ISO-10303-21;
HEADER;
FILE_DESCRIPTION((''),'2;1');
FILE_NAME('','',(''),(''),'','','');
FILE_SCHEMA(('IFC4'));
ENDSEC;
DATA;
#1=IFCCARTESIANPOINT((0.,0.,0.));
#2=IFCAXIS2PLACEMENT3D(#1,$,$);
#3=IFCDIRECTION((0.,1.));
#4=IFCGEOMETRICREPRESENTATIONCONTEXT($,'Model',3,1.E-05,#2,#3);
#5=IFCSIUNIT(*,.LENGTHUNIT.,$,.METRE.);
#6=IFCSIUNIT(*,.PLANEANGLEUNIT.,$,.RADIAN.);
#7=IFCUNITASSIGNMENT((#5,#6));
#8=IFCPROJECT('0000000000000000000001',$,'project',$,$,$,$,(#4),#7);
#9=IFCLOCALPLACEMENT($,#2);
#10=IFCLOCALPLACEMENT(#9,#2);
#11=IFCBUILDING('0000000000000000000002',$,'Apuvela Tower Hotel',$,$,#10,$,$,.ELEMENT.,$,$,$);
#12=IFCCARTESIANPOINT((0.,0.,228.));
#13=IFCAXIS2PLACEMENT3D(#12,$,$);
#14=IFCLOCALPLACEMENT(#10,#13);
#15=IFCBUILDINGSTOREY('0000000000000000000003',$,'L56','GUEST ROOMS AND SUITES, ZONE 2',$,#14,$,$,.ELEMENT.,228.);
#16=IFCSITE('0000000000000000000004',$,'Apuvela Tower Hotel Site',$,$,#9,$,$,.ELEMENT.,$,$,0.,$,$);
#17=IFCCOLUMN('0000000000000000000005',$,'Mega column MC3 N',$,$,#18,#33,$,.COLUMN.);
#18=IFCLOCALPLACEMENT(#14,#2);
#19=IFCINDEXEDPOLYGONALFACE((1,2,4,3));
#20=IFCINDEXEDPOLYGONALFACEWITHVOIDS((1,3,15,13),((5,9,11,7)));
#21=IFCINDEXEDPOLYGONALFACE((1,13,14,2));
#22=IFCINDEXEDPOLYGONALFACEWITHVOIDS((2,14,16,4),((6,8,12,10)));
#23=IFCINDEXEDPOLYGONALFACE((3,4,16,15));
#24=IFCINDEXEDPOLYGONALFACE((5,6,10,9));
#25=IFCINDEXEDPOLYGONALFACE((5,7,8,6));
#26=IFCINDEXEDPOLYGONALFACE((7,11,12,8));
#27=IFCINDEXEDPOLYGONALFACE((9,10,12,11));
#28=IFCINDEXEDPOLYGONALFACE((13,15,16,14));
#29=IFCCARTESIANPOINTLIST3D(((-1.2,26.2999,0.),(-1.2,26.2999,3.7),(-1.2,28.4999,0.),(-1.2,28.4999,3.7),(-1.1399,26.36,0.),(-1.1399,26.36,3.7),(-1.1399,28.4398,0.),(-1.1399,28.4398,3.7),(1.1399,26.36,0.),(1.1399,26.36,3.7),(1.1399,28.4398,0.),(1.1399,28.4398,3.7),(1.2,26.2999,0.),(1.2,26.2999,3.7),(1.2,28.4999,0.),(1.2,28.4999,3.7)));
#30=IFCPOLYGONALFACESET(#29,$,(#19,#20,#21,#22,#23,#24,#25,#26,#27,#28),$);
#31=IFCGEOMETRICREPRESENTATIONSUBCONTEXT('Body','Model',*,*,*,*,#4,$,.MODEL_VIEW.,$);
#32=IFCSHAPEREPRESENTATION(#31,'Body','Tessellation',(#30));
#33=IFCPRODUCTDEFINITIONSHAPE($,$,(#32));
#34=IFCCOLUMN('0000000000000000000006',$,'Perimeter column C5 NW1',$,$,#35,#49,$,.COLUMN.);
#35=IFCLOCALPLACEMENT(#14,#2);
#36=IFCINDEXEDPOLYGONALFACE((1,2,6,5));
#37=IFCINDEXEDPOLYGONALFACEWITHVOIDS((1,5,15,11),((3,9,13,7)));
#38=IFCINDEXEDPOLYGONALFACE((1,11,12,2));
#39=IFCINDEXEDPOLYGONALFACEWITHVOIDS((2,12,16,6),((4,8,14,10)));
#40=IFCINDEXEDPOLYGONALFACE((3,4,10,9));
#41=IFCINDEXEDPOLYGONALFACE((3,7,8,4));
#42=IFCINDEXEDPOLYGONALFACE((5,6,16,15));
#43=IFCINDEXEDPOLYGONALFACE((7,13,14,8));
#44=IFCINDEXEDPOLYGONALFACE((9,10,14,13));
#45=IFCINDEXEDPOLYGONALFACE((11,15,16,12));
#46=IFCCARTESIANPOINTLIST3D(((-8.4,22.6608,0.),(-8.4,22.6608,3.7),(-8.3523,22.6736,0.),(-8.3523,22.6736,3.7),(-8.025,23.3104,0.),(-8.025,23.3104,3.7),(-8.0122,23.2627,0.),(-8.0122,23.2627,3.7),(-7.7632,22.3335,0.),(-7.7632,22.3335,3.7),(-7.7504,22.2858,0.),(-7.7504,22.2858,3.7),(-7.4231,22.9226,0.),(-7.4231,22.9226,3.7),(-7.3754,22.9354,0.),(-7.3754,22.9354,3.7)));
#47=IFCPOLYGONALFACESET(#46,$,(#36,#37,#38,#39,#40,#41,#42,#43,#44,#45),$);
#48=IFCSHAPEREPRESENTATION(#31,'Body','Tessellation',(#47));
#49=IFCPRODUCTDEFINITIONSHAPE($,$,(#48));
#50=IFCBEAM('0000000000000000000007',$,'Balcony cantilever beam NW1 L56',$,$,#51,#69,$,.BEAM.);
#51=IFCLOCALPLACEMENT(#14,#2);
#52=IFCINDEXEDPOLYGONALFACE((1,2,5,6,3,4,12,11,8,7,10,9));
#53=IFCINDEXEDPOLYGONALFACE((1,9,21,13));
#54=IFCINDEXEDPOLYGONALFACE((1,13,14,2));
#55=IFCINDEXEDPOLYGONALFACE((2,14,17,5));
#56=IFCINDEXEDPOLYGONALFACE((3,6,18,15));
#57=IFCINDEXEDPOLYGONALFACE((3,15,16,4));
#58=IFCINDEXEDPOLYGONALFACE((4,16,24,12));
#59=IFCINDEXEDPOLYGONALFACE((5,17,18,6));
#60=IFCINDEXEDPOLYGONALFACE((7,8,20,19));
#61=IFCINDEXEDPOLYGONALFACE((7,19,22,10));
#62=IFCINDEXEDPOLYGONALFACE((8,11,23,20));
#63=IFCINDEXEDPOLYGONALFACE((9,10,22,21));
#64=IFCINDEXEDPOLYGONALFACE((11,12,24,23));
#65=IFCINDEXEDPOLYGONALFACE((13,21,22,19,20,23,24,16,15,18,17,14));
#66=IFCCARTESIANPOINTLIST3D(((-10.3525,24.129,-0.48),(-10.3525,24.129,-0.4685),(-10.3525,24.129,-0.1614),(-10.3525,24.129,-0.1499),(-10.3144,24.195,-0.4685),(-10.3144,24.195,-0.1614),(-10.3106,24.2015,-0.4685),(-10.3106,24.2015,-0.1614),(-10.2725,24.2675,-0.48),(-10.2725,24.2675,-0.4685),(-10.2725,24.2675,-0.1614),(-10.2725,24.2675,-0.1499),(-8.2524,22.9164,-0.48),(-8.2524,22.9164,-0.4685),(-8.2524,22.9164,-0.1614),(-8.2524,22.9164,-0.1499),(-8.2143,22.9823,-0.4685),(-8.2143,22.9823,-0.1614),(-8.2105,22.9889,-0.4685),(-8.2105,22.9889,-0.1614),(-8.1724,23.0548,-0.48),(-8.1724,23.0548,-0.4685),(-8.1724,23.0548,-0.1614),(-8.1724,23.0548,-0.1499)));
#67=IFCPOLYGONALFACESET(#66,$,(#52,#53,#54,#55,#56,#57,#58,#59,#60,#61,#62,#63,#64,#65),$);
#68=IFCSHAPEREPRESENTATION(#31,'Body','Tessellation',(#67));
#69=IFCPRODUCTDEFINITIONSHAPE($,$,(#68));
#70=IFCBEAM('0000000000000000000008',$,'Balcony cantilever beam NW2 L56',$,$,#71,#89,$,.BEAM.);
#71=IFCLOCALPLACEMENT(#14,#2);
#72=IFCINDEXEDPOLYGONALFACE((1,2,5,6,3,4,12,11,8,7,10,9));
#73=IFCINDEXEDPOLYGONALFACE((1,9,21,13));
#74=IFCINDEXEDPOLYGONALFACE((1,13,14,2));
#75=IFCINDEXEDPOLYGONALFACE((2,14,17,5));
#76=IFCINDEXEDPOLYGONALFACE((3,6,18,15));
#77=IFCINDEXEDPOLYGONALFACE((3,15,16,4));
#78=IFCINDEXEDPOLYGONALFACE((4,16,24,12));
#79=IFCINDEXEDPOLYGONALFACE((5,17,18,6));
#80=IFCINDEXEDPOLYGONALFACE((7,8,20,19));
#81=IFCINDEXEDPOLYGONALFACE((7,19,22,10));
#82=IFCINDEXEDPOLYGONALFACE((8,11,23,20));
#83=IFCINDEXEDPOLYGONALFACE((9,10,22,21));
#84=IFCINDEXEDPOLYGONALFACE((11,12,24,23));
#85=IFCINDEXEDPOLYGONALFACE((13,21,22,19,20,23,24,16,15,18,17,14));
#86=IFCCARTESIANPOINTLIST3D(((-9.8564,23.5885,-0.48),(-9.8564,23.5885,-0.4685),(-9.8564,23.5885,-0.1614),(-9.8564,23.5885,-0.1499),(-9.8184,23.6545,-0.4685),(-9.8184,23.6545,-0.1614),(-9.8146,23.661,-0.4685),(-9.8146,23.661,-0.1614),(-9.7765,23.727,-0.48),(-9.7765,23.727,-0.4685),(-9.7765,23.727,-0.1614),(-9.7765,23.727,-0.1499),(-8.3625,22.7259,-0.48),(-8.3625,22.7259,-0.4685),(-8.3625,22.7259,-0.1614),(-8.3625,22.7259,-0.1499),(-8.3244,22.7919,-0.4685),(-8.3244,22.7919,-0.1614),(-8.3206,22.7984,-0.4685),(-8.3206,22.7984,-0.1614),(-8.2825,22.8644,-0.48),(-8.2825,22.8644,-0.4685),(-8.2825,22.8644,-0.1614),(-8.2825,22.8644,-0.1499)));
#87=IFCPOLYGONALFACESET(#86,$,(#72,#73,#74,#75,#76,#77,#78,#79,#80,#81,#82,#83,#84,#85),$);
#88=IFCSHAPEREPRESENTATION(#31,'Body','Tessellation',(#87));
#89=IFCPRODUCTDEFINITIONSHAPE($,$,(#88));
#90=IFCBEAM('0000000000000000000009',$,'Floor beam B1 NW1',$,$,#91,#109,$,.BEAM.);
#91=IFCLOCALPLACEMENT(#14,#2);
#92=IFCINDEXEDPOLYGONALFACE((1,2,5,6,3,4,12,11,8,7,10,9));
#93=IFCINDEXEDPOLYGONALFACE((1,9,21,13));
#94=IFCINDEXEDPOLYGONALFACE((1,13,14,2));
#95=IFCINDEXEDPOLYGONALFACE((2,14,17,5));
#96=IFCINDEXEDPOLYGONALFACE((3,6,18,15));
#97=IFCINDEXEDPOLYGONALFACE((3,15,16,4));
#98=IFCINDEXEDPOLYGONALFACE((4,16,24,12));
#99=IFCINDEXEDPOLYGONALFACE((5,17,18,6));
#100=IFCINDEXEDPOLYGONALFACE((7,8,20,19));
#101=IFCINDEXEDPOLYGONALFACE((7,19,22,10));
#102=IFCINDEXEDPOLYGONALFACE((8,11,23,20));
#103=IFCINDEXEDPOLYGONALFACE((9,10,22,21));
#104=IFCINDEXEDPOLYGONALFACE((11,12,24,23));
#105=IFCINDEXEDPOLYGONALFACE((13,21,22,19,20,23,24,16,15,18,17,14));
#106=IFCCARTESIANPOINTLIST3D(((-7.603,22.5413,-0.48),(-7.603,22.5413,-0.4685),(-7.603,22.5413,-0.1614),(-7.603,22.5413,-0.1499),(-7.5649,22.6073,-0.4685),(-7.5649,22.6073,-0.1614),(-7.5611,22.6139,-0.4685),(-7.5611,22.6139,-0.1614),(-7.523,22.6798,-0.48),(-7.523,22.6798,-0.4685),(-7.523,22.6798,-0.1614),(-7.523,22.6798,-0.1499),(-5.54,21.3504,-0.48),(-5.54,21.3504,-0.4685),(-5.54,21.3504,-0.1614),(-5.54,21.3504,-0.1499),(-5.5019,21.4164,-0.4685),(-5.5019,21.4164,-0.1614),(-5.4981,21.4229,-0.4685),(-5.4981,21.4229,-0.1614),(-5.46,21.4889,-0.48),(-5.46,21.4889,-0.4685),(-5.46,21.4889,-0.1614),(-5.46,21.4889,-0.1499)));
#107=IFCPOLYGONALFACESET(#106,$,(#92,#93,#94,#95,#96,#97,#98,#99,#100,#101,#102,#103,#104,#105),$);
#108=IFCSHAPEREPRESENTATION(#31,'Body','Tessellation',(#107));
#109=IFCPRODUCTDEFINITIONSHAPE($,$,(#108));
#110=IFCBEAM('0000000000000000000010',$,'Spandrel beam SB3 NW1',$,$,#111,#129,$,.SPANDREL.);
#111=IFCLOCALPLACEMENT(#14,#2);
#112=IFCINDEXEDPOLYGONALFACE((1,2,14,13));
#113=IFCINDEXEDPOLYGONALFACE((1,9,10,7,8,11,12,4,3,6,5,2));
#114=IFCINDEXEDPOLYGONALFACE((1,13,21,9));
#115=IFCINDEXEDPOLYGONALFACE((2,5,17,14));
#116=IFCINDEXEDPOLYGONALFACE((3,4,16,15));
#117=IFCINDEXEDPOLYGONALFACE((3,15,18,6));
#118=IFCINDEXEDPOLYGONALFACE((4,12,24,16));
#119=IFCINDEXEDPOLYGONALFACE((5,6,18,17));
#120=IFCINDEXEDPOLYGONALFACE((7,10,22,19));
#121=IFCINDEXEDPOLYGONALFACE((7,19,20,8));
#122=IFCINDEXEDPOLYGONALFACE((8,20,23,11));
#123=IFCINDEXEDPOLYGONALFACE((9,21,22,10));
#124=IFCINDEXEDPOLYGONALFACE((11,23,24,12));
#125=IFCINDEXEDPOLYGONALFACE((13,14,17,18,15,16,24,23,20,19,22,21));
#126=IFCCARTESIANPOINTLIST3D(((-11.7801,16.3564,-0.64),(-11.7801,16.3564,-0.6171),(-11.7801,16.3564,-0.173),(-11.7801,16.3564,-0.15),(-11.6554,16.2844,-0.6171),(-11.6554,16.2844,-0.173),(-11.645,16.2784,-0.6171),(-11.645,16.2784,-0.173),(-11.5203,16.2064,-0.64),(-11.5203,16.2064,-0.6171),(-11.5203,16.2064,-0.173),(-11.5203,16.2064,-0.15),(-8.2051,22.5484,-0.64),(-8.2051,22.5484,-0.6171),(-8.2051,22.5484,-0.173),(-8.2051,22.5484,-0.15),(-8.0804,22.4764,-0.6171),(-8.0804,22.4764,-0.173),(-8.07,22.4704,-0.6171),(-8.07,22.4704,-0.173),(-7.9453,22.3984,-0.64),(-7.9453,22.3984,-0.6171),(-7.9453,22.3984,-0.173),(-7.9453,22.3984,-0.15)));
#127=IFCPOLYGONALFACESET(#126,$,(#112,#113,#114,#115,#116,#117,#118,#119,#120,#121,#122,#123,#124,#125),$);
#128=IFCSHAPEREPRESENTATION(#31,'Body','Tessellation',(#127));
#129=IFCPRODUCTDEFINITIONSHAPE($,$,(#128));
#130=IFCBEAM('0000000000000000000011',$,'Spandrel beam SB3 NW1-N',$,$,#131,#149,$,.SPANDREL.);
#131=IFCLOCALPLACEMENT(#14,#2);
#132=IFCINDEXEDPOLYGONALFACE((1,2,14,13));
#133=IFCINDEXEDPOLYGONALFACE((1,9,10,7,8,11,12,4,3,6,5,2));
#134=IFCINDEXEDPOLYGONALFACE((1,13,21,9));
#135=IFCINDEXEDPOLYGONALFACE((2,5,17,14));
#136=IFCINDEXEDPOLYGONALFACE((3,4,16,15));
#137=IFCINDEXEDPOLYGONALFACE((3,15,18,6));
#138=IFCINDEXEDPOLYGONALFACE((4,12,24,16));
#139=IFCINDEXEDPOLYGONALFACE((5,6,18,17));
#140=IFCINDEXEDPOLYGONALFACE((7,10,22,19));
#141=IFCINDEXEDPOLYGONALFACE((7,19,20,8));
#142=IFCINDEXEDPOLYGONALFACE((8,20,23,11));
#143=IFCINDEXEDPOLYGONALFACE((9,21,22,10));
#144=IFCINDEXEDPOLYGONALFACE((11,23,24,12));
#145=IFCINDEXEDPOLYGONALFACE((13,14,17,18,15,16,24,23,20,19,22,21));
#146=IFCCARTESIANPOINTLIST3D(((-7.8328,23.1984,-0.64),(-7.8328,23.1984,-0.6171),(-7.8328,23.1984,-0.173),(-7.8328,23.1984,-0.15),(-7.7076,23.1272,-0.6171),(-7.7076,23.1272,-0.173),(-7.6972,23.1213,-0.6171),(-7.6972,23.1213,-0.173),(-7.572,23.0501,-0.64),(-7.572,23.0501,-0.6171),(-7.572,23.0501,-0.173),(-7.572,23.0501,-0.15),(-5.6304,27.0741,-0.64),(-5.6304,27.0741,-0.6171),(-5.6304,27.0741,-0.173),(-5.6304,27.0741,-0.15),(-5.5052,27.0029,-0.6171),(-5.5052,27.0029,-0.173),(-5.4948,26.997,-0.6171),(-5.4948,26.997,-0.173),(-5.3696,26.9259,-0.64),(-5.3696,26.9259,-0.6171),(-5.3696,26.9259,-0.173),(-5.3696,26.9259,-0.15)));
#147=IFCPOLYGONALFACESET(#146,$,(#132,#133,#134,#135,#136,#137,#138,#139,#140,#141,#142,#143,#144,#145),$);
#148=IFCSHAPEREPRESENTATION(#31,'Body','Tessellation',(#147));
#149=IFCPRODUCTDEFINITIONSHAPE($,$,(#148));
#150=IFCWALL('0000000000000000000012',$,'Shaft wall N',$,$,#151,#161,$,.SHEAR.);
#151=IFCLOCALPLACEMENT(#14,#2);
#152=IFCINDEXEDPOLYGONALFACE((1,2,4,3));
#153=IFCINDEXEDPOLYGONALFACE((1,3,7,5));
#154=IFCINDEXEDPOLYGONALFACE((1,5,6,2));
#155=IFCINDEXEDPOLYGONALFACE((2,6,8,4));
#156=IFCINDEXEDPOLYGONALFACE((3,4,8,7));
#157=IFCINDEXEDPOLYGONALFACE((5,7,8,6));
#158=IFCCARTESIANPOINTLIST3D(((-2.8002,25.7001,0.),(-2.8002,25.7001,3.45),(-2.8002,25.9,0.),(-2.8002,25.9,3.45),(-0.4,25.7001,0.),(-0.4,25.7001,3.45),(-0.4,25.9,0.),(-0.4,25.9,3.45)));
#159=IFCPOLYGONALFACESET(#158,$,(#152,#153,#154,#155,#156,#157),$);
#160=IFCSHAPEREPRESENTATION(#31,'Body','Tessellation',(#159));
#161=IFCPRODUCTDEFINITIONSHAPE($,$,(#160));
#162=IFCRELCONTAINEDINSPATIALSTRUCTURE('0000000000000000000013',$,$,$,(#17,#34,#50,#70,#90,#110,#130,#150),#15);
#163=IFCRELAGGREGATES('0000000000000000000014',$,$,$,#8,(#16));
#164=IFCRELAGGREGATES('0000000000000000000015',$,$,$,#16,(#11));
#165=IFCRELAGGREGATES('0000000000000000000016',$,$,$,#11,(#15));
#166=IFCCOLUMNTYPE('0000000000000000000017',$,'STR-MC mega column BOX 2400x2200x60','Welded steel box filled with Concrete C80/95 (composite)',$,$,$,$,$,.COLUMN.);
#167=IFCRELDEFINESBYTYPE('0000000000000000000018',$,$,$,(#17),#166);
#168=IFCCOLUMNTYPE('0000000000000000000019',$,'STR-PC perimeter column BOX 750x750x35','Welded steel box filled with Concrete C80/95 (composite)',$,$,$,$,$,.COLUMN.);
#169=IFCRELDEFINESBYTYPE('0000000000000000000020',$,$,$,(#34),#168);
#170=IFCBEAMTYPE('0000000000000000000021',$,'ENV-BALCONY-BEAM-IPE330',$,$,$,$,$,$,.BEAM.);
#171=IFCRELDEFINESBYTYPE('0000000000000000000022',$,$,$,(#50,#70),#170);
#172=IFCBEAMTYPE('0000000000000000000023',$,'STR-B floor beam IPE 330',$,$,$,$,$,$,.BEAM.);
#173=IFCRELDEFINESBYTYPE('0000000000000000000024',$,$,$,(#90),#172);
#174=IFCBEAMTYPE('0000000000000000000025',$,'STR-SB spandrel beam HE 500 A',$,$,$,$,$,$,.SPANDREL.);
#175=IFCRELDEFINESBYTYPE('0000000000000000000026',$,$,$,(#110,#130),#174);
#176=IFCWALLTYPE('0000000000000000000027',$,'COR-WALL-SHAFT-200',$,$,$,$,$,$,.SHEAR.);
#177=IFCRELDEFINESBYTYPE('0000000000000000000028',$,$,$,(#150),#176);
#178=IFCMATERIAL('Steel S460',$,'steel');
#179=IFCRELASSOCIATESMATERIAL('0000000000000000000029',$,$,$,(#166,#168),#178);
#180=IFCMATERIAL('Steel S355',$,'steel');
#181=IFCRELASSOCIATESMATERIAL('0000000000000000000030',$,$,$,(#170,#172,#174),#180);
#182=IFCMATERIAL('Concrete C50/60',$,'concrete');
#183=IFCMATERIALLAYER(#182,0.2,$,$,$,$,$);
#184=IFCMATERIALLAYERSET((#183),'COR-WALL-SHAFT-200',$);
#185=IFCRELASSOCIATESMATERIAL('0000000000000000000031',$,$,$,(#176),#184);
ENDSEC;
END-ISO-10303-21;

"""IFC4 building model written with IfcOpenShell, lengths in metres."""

from ifc_helpers import new_model, si_unit, direction, frame, frame_2d, origin, origin_2d, place, context, subcontext, project, spatial, rectangle, hollow_rectangle, i_section, extrude, material, layer, layer_set, material_profile, profile_set, type_object, element, save


model = new_model("IFC4")

# Units and contexts
model_context = context("Model", 3, precision=1e-05, world=origin(), true_north=direction((0.0, 1.0)))
body_context = subcontext(model_context, "Body", "Model", "MODEL_VIEW")
ifc_project = project(units=[si_unit("LENGTHUNIT", "METRE"), si_unit("PLANEANGLEUNIT", "RADIAN")], contexts=[model_context])

# Site, building, storey
site_placement = place(None, origin())
site = spatial("IfcSite", under=ifc_project, at=site_placement, Name="Apuvela Tower Hotel Site", CompositionType="ELEMENT", RefElevation=0.0)
building_placement = place(site_placement, origin())
building = spatial("IfcBuilding", under=site, at=building_placement, Name="Apuvela Tower Hotel", CompositionType="ELEMENT")
storey_placement = place(building_placement, frame((0.0, 0.0, 228.0)))
storey = spatial("IfcBuildingStorey", under=building, at=storey_placement, Name="L56", Description="GUEST ROOMS AND SUITES, ZONE 2", CompositionType="ELEMENT", Elevation=228.0)

# Columns
ifc_material_1 = material(Name="Steel S460", Category="steel")
ifc_material_profile_1 = material_profile(ifc_material_1, hollow_rectangle(XDim=2.3999, YDim=2.2, WallThickness=0.0601, at=origin_2d()), Name="BOX 2400x2200x60")
ifc_material_2 = material(Name="Concrete C80/95", Category="concrete")
ifc_material_profile_2 = material_profile(ifc_material_2, rectangle(XDim=2.28, YDim=2.0801, at=origin_2d()), Name="Concrete C80/95 infill")
ifc_profile_set_1 = profile_set([ifc_material_profile_1, ifc_material_profile_2], Name="Steel S460")
column_type_1 = type_object("IfcColumnType", Name="STR-MC mega column BOX 2400x2200x60", Description="Welded steel box filled with Concrete C80/95 (composite)", PredefinedType="COLUMN", material=ifc_profile_set_1)
column_1_placement = place(storey_placement, frame((0.0, 27.3999, 0.0), z_axis=(0.0, 0.0, 1.0), x_axis=(1.0, 0.0, 0.0)))
element("IfcColumn", 1, at=column_1_placement, inside=storey, type_object=column_type_1, Name="Mega column MC3 N", PredefinedType="COLUMN", context=body_context, shape_type="SweptSolid", body=[
    extrude(hollow_rectangle(XDim=2.3999, YDim=2.2, WallThickness=0.0601, at=origin_2d()), origin(), (0.0, 0.0, 1.0), 3.7),
])
ifc_material_profile_3 = material_profile(ifc_material_1, hollow_rectangle(XDim=0.75, YDim=0.75, WallThickness=0.0349, at=origin_2d()), Name="BOX 750x750x35")
ifc_material_profile_4 = material_profile(ifc_material_2, rectangle(XDim=0.6799, YDim=0.6799, at=origin_2d()), Name="Concrete C80/95 infill")
ifc_profile_set_2 = profile_set([ifc_material_profile_3, ifc_material_profile_4], Name="Steel S460")
column_type_2 = type_object("IfcColumnType", Name="STR-PC perimeter column BOX 750x750x35", Description="Welded steel box filled with Concrete C80/95 (composite)", PredefinedType="COLUMN", material=ifc_profile_set_2)
column_2_placement = place(storey_placement, frame((-7.8877, 22.7981, 0.0), z_axis=(0.0, 0.0, 1.0), x_axis=(0.5, 0.866025, 0.0)))
element("IfcColumn", 2, at=column_2_placement, inside=storey, type_object=column_type_2, Name="Perimeter column C5 NW1", PredefinedType="COLUMN", context=body_context, shape_type="SweptSolid", body=[
    extrude(hollow_rectangle(XDim=0.75, YDim=0.75, WallThickness=0.0349, at=origin_2d()), origin(), (0.0, 0.0, 1.0), 3.7),
])

# Beams
ifc_material_3 = material(Name="Steel S355", Category="steel")
ifc_material_profile_5 = material_profile(ifc_material_3, i_section(OverallWidth=0.1599, OverallDepth=0.3301, WebThickness=0.0076, FlangeThickness=0.0115, at=origin_2d()), Name="IPE 330")
ifc_profile_set_3 = profile_set([ifc_material_profile_5], Name="Steel S355")
beam_type_1 = type_object("IfcBeamType", Name="ENV-BALCONY-BEAM-IPE330", PredefinedType="BEAM", material=ifc_profile_set_3)
beam_1_placement = place(storey_placement, frame((-8.2124, 22.9856, -0.3149), z_axis=(-0.865998, 0.500048, 0.0), x_axis=(-0.500048, -0.865998, 0.0)))
element("IfcBeam", 3, at=beam_1_placement, inside=storey, type_object=beam_type_1, Name="Balcony cantilever beam NW1 L56", PredefinedType="BEAM", context=body_context, shape_type="SweptSolid", body=[
    extrude(i_section(OverallWidth=0.1599, OverallDepth=0.3301, WebThickness=0.0076, FlangeThickness=0.0115, at=origin_2d()), origin(), (0.0, 0.0, 1.0), 2.425),
])
beam_2_placement = place(storey_placement, frame((-8.3225, 22.7952, -0.3149), z_axis=(-0.866014, 0.500021, 0.0), x_axis=(-0.500021, -0.866014, 0.0)))
element("IfcBeam", 4, at=beam_2_placement, inside=storey, type_object=beam_type_1, Name="Balcony cantilever beam NW2 L56", PredefinedType="BEAM", context=body_context, shape_type="SweptSolid", body=[
    extrude(i_section(OverallWidth=0.1599, OverallDepth=0.3301, WebThickness=0.0076, FlangeThickness=0.0115, at=origin_2d()), origin(), (0.0, 0.0, 1.0), 1.7251),
])
ifc_material_profile_6 = material_profile(ifc_material_3, i_section(OverallWidth=0.1599, OverallDepth=0.3301, WebThickness=0.0076, FlangeThickness=0.0115, at=origin_2d()), Name="IPE 330")
ifc_profile_set_4 = profile_set([ifc_material_profile_6], Name="Steel S355")
beam_type_2 = type_object("IfcBeamType", Name="STR-B floor beam IPE 330", PredefinedType="BEAM", material=ifc_profile_set_4)
beam_3_placement = place(storey_placement, frame((-7.563, 22.6106, -0.3149), z_axis=(0.866052, -0.499953, 0.0), x_axis=(0.499953, 0.866052, 0.0)))
element("IfcBeam", 5, at=beam_3_placement, inside=storey, type_object=beam_type_2, Name="Floor beam B1 NW1", PredefinedType="BEAM", context=body_context, shape_type="SweptSolid", body=[
    extrude(i_section(OverallWidth=0.1599, OverallDepth=0.3301, WebThickness=0.0076, FlangeThickness=0.0115, at=origin_2d()), origin(), (0.0, 0.0, 1.0), 2.3821),
])
ifc_material_profile_7 = material_profile(ifc_material_3, i_section(OverallWidth=0.3, OverallDepth=0.49, WebThickness=0.012, FlangeThickness=0.0229, at=origin_2d()), Name="HE 500 A")
ifc_profile_set_5 = profile_set([ifc_material_profile_7], Name="Steel S355")
beam_type_3 = type_object("IfcBeamType", Name="STR-SB spandrel beam HE 500 A", PredefinedType="SPANDREL", material=ifc_profile_set_5)
beam_4_placement = place(storey_placement, frame((-8.0752, 22.4734, -0.395), z_axis=(-0.500006, -0.866022, 0.0), x_axis=(0.866022, -0.500006, 0.0)))
element("IfcBeam", 6, at=beam_4_placement, inside=storey, type_object=beam_type_3, Name="Spandrel beam SB3 NW1", PredefinedType="SPANDREL", context=body_context, shape_type="SweptSolid", body=[
    extrude(i_section(OverallWidth=0.3, OverallDepth=0.49, WebThickness=0.012, FlangeThickness=0.0229, at=origin_2d()), origin(), (0.0, 0.0, 1.0), 7.1499),
])
beam_5_placement = place(storey_placement, frame((-7.7024, 23.1243, -0.395), z_axis=(0.494056, 0.86943, 0.0), x_axis=(-0.86943, 0.494056, 0.0)))
element("IfcBeam", 7, at=beam_5_placement, inside=storey, type_object=beam_type_3, Name="Spandrel beam SB3 NW1-N", PredefinedType="SPANDREL", context=body_context, shape_type="SweptSolid", body=[
    extrude(i_section(OverallWidth=0.3, OverallDepth=0.49, WebThickness=0.012, FlangeThickness=0.0229, at=origin_2d()), origin(), (0.0, 0.0, 1.0), 4.4578),
])

# Wall
ifc_material_4 = material(Name="Concrete C50/60", Category="concrete")
ifc_layer_1 = layer(ifc_material_4, 0.2)
ifc_layer_set_1 = layer_set([ifc_layer_1], Name="COR-WALL-SHAFT-200")
wall_type_1 = type_object("IfcWallType", Name="COR-WALL-SHAFT-200", PredefinedType="SHEAR", material=ifc_layer_set_1)
wall_1_placement = place(storey_placement, frame((-0.3999, 25.8, 0.0), z_axis=(0.0, 0.0, 1.0), x_axis=(-1.0, 0.0, 0.0)))
element("IfcWall", 8, at=wall_1_placement, inside=storey, type_object=wall_type_1, Name="Shaft wall N", PredefinedType="SHEAR", context=body_context, shape_type="SweptSolid", body=[
    extrude(rectangle(XDim=2.4001, YDim=0.2, at=frame_2d((1.2002, 0.0))), origin(), (0.0, 0.0, 1.0), 3.45),
])

save(model, "model.ifc")
